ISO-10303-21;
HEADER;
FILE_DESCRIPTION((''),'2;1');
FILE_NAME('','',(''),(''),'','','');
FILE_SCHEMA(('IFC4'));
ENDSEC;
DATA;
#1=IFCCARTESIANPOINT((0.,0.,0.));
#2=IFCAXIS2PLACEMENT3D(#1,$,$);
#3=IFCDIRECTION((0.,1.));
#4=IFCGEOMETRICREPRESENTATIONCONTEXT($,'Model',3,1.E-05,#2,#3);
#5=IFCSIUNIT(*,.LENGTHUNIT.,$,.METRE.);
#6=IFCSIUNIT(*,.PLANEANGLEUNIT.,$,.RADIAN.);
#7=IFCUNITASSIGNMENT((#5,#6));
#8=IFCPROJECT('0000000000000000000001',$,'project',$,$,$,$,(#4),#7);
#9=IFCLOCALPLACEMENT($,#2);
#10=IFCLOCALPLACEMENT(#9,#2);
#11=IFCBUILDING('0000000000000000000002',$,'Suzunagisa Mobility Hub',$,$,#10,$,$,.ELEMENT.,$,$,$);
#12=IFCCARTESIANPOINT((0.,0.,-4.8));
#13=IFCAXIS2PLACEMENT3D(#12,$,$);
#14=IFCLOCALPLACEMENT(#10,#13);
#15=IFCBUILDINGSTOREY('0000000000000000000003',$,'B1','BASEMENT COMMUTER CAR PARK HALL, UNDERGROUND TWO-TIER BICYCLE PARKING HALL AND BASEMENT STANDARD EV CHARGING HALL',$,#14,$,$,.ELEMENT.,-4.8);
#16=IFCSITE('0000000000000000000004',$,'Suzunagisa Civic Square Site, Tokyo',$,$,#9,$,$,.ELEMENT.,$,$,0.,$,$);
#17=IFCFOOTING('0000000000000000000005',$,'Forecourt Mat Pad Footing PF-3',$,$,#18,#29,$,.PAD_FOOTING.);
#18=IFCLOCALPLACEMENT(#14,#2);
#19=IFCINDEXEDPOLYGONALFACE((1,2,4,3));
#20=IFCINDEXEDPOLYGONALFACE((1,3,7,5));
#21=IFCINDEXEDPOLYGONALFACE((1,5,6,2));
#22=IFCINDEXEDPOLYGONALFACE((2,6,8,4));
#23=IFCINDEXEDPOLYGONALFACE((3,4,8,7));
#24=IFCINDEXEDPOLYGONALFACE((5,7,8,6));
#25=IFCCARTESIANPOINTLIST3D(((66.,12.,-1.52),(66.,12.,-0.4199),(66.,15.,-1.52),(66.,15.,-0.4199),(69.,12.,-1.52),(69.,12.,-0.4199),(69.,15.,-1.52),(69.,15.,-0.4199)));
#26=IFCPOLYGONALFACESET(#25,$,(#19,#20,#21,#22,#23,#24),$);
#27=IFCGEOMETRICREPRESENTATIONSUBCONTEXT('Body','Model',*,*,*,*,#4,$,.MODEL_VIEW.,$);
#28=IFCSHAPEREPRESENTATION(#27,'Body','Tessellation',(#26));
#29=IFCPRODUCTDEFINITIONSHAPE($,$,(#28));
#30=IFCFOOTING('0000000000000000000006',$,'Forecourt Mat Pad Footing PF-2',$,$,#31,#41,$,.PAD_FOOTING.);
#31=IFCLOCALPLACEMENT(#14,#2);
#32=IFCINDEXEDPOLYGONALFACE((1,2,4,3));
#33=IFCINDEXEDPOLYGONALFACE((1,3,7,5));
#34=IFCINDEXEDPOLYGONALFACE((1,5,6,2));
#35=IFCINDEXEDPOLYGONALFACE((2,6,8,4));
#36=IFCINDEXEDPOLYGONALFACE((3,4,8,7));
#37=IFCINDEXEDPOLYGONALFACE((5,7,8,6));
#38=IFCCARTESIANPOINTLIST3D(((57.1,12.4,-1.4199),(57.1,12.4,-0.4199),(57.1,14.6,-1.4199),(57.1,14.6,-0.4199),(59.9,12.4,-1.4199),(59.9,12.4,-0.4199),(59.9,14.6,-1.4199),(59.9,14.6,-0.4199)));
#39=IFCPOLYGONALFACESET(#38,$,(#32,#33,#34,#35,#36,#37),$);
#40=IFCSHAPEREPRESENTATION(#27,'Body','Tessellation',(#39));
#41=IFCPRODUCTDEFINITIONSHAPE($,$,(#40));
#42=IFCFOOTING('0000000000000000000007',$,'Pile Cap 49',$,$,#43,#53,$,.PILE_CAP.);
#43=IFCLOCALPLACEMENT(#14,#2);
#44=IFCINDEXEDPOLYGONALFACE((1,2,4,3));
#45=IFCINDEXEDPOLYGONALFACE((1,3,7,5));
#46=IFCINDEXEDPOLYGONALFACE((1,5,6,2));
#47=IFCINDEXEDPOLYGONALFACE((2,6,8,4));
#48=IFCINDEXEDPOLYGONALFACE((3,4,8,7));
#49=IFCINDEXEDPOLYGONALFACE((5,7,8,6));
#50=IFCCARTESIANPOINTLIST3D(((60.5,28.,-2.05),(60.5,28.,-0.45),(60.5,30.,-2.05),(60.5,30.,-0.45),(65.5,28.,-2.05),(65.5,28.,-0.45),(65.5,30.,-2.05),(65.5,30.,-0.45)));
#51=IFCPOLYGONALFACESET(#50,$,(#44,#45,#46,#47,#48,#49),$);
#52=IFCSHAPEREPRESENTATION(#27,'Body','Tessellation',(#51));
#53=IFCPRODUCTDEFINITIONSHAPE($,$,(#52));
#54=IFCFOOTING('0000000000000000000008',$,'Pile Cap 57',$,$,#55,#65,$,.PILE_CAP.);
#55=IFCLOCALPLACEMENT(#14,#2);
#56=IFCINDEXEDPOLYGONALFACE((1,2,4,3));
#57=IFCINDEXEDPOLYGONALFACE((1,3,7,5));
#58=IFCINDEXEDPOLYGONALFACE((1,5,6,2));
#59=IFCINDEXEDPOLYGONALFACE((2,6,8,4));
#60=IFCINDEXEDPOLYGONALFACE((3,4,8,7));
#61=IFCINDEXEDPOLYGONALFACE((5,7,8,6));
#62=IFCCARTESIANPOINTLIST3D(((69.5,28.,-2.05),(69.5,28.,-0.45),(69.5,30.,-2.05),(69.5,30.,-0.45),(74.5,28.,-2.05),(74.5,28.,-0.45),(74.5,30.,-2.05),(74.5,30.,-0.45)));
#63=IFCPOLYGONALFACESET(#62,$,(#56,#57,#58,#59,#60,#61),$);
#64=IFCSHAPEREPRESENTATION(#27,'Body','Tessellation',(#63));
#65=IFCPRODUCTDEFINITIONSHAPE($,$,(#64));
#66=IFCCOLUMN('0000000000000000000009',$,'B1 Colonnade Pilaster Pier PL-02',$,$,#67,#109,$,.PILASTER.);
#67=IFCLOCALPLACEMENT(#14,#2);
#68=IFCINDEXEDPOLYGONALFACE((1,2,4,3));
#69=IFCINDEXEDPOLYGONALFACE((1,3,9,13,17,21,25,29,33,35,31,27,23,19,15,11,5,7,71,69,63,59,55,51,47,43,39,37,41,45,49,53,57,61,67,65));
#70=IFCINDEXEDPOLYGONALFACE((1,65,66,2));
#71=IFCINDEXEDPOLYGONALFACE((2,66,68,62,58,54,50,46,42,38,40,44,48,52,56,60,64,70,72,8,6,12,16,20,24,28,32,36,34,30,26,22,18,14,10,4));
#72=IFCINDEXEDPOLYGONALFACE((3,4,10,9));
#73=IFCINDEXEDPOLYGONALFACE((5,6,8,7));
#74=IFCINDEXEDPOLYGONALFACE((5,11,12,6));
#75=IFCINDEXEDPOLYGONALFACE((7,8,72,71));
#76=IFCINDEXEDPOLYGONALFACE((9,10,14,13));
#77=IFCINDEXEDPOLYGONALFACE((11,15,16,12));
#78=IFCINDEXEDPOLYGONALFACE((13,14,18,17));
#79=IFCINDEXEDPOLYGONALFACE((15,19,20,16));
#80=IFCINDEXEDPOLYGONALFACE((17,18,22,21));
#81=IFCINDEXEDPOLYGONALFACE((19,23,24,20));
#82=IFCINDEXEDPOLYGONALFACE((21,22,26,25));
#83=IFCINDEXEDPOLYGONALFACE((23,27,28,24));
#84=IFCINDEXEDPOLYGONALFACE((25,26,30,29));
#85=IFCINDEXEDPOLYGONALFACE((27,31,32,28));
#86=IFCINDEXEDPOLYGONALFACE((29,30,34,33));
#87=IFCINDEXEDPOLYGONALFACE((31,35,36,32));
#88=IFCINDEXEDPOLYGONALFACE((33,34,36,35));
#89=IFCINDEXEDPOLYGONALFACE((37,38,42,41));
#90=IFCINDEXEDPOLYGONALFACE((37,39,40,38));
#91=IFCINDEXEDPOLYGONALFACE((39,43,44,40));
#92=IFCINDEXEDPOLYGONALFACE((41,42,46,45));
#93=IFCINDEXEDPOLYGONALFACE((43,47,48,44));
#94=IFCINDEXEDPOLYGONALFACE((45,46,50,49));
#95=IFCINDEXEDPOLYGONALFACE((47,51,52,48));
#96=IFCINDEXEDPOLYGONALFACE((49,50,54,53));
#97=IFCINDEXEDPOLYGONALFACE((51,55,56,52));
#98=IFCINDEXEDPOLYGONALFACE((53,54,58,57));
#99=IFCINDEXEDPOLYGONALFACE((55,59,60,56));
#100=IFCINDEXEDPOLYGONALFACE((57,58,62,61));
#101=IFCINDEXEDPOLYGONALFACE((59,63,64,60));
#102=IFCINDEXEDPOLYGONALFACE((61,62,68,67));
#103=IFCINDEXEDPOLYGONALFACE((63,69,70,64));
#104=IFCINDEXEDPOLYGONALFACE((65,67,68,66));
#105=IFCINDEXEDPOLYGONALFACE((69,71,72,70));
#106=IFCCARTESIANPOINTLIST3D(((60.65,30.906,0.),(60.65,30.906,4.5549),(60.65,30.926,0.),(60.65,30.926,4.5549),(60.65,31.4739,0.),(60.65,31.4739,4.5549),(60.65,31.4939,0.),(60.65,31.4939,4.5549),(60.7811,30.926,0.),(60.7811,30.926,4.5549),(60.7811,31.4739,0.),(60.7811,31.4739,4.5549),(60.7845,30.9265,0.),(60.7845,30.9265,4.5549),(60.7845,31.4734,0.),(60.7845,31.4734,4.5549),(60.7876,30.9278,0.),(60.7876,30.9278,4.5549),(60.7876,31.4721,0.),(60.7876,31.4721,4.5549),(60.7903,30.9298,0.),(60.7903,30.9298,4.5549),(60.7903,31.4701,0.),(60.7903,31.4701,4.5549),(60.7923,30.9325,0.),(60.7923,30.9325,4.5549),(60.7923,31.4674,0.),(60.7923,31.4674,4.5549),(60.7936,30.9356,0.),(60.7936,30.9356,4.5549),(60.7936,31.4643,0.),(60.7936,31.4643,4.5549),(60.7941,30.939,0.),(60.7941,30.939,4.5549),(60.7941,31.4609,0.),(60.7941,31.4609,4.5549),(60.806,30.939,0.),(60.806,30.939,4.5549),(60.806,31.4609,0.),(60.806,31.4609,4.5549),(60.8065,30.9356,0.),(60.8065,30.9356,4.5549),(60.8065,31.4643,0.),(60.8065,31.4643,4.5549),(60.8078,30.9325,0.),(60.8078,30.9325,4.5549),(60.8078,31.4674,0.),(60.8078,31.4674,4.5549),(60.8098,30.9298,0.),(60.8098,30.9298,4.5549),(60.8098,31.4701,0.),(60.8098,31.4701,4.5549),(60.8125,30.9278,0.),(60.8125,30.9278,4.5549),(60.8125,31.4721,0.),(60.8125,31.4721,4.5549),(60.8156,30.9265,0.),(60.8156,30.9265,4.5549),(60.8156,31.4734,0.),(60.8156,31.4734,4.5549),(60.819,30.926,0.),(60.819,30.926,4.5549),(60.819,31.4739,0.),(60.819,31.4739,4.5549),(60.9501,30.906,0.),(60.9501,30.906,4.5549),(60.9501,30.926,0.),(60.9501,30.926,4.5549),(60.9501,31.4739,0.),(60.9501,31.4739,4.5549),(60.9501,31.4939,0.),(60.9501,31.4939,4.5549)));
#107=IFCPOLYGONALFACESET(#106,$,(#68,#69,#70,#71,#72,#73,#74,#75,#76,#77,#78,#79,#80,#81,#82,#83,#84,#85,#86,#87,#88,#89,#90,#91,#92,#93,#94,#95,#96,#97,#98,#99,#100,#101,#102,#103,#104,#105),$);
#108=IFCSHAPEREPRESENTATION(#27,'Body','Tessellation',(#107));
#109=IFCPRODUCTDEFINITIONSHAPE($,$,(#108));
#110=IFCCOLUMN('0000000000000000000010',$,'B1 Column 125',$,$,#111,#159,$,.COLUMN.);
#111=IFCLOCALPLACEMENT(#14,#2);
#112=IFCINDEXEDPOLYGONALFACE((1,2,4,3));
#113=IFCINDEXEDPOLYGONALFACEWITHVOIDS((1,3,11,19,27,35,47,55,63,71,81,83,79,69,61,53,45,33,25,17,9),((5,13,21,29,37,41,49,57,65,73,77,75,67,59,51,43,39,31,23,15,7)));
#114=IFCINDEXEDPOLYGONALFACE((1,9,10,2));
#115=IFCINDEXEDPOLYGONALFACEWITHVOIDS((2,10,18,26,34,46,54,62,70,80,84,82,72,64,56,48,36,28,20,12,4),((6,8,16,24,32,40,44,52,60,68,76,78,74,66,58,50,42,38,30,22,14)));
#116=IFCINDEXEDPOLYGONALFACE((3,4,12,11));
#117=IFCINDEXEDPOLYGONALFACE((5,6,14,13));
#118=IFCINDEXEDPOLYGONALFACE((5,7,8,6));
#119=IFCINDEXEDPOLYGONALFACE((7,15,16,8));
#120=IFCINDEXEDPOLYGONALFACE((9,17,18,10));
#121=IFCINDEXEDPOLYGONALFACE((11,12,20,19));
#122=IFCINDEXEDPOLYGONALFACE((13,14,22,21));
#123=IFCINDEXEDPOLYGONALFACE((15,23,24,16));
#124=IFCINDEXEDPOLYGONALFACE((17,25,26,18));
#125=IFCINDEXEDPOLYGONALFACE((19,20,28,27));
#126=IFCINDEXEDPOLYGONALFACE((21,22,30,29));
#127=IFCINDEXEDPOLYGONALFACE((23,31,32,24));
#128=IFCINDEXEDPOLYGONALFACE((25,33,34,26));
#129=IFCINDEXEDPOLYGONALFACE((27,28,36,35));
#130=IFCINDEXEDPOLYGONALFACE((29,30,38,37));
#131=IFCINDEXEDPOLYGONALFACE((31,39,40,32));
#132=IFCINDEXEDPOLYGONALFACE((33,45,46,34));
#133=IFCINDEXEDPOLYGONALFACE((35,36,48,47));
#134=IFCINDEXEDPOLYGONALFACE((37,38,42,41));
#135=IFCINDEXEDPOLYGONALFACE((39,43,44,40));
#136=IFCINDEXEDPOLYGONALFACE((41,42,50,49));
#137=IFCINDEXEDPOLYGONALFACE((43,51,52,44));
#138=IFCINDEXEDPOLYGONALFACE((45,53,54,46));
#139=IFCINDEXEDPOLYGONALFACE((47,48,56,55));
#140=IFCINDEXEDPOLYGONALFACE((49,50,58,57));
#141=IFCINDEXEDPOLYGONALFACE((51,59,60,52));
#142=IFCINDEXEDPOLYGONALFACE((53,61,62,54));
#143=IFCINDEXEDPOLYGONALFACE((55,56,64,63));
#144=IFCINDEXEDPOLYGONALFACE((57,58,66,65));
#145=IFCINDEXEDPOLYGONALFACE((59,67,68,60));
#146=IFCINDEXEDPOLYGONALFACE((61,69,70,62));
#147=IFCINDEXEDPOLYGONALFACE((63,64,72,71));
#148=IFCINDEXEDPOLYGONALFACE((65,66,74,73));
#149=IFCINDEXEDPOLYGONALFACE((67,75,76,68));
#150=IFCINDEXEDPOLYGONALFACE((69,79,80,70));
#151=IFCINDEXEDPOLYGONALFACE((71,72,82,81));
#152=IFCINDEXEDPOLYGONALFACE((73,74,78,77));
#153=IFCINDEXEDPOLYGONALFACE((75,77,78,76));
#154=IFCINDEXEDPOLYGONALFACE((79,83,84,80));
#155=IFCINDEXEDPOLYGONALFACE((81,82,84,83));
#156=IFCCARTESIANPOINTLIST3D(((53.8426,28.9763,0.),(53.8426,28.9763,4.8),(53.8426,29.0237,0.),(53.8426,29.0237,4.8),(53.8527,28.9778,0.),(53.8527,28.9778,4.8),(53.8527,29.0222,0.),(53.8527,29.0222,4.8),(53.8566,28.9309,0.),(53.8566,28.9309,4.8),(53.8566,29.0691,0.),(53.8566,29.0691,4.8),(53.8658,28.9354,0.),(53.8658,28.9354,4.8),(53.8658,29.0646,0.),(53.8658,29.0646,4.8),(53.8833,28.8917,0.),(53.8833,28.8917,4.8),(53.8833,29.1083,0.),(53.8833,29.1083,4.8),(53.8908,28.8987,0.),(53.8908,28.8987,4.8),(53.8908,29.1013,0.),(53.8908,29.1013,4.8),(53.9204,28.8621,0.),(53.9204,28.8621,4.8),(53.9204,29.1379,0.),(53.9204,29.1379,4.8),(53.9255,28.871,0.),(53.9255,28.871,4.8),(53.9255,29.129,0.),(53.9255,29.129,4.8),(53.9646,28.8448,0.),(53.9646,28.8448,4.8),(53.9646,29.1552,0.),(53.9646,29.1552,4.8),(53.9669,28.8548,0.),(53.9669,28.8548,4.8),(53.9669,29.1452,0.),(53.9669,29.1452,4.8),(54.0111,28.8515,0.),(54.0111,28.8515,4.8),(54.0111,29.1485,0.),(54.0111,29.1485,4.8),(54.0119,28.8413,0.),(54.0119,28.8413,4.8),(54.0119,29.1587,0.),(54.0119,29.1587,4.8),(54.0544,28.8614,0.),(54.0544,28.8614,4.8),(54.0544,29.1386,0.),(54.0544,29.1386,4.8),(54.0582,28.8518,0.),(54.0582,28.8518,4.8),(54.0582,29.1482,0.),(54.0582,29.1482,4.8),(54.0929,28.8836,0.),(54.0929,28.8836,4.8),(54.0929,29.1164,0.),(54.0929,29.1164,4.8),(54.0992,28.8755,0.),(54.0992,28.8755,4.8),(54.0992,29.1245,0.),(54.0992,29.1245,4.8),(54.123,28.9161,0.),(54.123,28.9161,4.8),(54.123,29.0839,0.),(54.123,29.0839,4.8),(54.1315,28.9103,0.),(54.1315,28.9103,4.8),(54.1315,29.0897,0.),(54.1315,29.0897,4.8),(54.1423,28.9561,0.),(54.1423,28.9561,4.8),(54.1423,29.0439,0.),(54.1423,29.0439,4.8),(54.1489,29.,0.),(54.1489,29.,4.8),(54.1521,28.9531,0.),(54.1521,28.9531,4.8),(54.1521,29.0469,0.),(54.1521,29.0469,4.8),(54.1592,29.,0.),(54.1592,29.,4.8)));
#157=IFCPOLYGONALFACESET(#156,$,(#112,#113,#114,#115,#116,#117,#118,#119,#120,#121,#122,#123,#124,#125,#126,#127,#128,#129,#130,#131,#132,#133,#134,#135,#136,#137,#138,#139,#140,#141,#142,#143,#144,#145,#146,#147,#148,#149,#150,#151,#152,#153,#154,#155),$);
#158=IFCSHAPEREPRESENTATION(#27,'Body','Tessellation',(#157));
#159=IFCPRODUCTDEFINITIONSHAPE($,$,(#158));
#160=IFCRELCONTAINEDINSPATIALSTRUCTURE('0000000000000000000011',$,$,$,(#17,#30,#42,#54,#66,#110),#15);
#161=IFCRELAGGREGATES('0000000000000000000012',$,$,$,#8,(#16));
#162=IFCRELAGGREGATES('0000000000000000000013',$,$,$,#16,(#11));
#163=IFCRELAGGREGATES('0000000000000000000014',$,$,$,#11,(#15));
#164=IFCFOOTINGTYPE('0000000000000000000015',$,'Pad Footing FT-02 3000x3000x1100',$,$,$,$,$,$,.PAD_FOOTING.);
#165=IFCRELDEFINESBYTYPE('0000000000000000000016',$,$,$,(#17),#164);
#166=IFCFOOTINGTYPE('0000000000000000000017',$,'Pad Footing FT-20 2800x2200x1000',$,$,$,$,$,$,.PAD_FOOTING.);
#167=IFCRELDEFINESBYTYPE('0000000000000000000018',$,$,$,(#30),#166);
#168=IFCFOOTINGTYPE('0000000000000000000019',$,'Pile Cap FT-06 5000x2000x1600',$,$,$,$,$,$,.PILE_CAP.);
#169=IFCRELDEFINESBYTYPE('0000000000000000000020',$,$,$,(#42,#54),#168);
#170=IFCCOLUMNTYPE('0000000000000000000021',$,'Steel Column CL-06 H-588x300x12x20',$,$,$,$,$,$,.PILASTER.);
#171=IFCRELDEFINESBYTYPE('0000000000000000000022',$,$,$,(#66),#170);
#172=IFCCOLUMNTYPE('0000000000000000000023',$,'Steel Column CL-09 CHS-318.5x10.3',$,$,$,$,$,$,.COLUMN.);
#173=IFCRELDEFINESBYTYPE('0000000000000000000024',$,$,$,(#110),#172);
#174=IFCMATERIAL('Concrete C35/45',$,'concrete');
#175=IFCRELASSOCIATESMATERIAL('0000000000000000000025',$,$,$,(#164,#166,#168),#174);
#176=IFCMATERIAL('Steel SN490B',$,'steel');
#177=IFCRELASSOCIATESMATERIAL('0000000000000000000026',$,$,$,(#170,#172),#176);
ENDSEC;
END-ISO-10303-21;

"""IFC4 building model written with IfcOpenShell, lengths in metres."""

from ifc_helpers import new_model, si_unit, direction, frame, origin, origin_2d, place, context, subcontext, project, spatial, rectangle, hollow_circle, i_section, extrude, material, material_profile, profile_set, type_object, element, save


model = new_model("IFC4")

# Units and contexts
model_context = context("Model", 3, precision=1e-05, world=origin(), true_north=direction((0.0, 1.0)))
body_context = subcontext(model_context, "Body", "Model", "MODEL_VIEW")
ifc_project = project(units=[si_unit("LENGTHUNIT", "METRE"), si_unit("PLANEANGLEUNIT", "RADIAN")], contexts=[model_context])

# Site, building, storey
site_placement = place(None, origin())
site = spatial("IfcSite", under=ifc_project, at=site_placement, Name="Suzunagisa Civic Square Site, Tokyo", CompositionType="ELEMENT", RefElevation=0.0)
building_placement = place(site_placement, origin())
building = spatial("IfcBuilding", under=site, at=building_placement, Name="Suzunagisa Mobility Hub", CompositionType="ELEMENT")
storey_placement = place(building_placement, frame((0.0, 0.0, -4.8)))
storey = spatial("IfcBuildingStorey", under=building, at=storey_placement, Name="B1", Description="BASEMENT COMMUTER CAR PARK HALL, UNDERGROUND TWO-TIER BICYCLE PARKING HALL AND BASEMENT STANDARD EV CHARGING HALL", CompositionType="ELEMENT", Elevation=-4.8)

# Footings
ifc_material_1 = material(Name="Concrete C35/45", Category="concrete")
footing_type_1 = type_object("IfcFootingType", Name="Pad Footing FT-02 3000x3000x1100", PredefinedType="PAD_FOOTING", material=ifc_material_1)
footing_1_placement = place(storey_placement, frame((67.5, 13.5, -1.52), z_axis=(0.0, 0.0, 1.0), x_axis=(1.0, 0.0, 0.0)))
element("IfcFooting", 1, at=footing_1_placement, inside=storey, type_object=footing_type_1, Name="Forecourt Mat Pad Footing PF-3", PredefinedType="PAD_FOOTING", context=body_context, shape_type="SweptSolid", body=[
    extrude(rectangle(XDim=3.0, YDim=3.0, at=origin_2d()), origin(), (0.0, 0.0, 1.0), 1.1001),
])
footing_type_2 = type_object("IfcFootingType", Name="Pad Footing FT-20 2800x2200x1000", PredefinedType="PAD_FOOTING", material=ifc_material_1)
footing_2_placement = place(storey_placement, frame((58.5, 13.5, -1.4199), z_axis=(0.0, 0.0, 1.0), x_axis=(1.0, 0.0, 0.0)))
element("IfcFooting", 2, at=footing_2_placement, inside=storey, type_object=footing_type_2, Name="Forecourt Mat Pad Footing PF-2", PredefinedType="PAD_FOOTING", context=body_context, shape_type="SweptSolid", body=[
    extrude(rectangle(XDim=2.8, YDim=2.2, at=origin_2d()), origin(), (0.0, 0.0, 1.0), 1.0),
])
footing_type_3 = type_object("IfcFootingType", Name="Pile Cap FT-06 5000x2000x1600", PredefinedType="PILE_CAP", material=ifc_material_1)
for number, where, z_axis, x_axis, name in (
    (3, (63.0, 29.0, -2.05), (0.0, 0.0, 1.0), (1.0, 0.0, 0.0), "Pile Cap 49"),
    (4, (72.0, 29.0, -2.05), (0.0, 0.0, 1.0), (1.0, 0.0, 0.0), "Pile Cap 57"),
):
    element("IfcFooting", number, at=place(storey_placement, frame(where, z_axis=z_axis, x_axis=x_axis)), inside=storey, type_object=footing_type_3, Name=name, PredefinedType="PILE_CAP", context=body_context, shape_type="SweptSolid", body=[
        extrude(rectangle(XDim=5.0, YDim=2.0, at=origin_2d()), origin(), (0.0, 0.0, 1.0), 1.6001),
    ])

# Columns
ifc_material_2 = material(Name="Steel SN490B", Category="steel")
ifc_material_profile_1 = material_profile(ifc_material_2, i_section(OverallWidth=0.3, OverallDepth=0.5879, WebThickness=0.012, FlangeThickness=0.02, FilletRadius=0.0129, at=origin_2d()), Name="H-588x300x12x20")
ifc_profile_set_1 = profile_set([ifc_material_profile_1], Name="Steel SN490B")
column_type_1 = type_object("IfcColumnType", Name="Steel Column CL-06 H-588x300x12x20", PredefinedType="PILASTER", material=ifc_profile_set_1)
column_1_placement = place(storey_placement, frame((60.8, 31.2, 0.0), z_axis=(0.0, 0.0, 1.0), x_axis=(1.0, 0.0, 0.0)))
element("IfcColumn", 5, at=column_1_placement, inside=storey, type_object=column_type_1, Name="B1 Colonnade Pilaster Pier PL-02", PredefinedType="PILASTER", context=body_context, shape_type="SweptSolid", body=[
    extrude(i_section(OverallWidth=0.3, OverallDepth=0.5879, WebThickness=0.012, FlangeThickness=0.02, FilletRadius=0.0129, at=origin_2d()), origin(), (0.0, 0.0, 1.0), 4.5549),
])
ifc_material_profile_2 = material_profile(ifc_material_2, hollow_circle(Radius=0.1592, WallThickness=0.0103, at=origin_2d()), Name="CHS-318.5x10.3")
ifc_profile_set_2 = profile_set([ifc_material_profile_2], Name="Steel SN490B")
column_type_2 = type_object("IfcColumnType", Name="Steel Column CL-09 CHS-318.5x10.3", PredefinedType="COLUMN", material=ifc_profile_set_2)
for number, where, z_axis, x_axis, name in (
    (6, (54.0, 29.0, 0.0), (0.0, 0.0, 1.0), (1.0, 0.0, 0.0), "B1 Column 125"),
):
    element("IfcColumn", number, at=place(storey_placement, frame(where, z_axis=z_axis, x_axis=x_axis)), inside=storey, type_object=column_type_2, Name=name, PredefinedType="COLUMN", context=body_context, shape_type="SweptSolid", body=[
        extrude(hollow_circle(Radius=0.1592, WallThickness=0.0103, at=origin_2d()), origin(), (0.0, 0.0, 1.0), 4.8),
    ])

save(model, "model.ifc")
